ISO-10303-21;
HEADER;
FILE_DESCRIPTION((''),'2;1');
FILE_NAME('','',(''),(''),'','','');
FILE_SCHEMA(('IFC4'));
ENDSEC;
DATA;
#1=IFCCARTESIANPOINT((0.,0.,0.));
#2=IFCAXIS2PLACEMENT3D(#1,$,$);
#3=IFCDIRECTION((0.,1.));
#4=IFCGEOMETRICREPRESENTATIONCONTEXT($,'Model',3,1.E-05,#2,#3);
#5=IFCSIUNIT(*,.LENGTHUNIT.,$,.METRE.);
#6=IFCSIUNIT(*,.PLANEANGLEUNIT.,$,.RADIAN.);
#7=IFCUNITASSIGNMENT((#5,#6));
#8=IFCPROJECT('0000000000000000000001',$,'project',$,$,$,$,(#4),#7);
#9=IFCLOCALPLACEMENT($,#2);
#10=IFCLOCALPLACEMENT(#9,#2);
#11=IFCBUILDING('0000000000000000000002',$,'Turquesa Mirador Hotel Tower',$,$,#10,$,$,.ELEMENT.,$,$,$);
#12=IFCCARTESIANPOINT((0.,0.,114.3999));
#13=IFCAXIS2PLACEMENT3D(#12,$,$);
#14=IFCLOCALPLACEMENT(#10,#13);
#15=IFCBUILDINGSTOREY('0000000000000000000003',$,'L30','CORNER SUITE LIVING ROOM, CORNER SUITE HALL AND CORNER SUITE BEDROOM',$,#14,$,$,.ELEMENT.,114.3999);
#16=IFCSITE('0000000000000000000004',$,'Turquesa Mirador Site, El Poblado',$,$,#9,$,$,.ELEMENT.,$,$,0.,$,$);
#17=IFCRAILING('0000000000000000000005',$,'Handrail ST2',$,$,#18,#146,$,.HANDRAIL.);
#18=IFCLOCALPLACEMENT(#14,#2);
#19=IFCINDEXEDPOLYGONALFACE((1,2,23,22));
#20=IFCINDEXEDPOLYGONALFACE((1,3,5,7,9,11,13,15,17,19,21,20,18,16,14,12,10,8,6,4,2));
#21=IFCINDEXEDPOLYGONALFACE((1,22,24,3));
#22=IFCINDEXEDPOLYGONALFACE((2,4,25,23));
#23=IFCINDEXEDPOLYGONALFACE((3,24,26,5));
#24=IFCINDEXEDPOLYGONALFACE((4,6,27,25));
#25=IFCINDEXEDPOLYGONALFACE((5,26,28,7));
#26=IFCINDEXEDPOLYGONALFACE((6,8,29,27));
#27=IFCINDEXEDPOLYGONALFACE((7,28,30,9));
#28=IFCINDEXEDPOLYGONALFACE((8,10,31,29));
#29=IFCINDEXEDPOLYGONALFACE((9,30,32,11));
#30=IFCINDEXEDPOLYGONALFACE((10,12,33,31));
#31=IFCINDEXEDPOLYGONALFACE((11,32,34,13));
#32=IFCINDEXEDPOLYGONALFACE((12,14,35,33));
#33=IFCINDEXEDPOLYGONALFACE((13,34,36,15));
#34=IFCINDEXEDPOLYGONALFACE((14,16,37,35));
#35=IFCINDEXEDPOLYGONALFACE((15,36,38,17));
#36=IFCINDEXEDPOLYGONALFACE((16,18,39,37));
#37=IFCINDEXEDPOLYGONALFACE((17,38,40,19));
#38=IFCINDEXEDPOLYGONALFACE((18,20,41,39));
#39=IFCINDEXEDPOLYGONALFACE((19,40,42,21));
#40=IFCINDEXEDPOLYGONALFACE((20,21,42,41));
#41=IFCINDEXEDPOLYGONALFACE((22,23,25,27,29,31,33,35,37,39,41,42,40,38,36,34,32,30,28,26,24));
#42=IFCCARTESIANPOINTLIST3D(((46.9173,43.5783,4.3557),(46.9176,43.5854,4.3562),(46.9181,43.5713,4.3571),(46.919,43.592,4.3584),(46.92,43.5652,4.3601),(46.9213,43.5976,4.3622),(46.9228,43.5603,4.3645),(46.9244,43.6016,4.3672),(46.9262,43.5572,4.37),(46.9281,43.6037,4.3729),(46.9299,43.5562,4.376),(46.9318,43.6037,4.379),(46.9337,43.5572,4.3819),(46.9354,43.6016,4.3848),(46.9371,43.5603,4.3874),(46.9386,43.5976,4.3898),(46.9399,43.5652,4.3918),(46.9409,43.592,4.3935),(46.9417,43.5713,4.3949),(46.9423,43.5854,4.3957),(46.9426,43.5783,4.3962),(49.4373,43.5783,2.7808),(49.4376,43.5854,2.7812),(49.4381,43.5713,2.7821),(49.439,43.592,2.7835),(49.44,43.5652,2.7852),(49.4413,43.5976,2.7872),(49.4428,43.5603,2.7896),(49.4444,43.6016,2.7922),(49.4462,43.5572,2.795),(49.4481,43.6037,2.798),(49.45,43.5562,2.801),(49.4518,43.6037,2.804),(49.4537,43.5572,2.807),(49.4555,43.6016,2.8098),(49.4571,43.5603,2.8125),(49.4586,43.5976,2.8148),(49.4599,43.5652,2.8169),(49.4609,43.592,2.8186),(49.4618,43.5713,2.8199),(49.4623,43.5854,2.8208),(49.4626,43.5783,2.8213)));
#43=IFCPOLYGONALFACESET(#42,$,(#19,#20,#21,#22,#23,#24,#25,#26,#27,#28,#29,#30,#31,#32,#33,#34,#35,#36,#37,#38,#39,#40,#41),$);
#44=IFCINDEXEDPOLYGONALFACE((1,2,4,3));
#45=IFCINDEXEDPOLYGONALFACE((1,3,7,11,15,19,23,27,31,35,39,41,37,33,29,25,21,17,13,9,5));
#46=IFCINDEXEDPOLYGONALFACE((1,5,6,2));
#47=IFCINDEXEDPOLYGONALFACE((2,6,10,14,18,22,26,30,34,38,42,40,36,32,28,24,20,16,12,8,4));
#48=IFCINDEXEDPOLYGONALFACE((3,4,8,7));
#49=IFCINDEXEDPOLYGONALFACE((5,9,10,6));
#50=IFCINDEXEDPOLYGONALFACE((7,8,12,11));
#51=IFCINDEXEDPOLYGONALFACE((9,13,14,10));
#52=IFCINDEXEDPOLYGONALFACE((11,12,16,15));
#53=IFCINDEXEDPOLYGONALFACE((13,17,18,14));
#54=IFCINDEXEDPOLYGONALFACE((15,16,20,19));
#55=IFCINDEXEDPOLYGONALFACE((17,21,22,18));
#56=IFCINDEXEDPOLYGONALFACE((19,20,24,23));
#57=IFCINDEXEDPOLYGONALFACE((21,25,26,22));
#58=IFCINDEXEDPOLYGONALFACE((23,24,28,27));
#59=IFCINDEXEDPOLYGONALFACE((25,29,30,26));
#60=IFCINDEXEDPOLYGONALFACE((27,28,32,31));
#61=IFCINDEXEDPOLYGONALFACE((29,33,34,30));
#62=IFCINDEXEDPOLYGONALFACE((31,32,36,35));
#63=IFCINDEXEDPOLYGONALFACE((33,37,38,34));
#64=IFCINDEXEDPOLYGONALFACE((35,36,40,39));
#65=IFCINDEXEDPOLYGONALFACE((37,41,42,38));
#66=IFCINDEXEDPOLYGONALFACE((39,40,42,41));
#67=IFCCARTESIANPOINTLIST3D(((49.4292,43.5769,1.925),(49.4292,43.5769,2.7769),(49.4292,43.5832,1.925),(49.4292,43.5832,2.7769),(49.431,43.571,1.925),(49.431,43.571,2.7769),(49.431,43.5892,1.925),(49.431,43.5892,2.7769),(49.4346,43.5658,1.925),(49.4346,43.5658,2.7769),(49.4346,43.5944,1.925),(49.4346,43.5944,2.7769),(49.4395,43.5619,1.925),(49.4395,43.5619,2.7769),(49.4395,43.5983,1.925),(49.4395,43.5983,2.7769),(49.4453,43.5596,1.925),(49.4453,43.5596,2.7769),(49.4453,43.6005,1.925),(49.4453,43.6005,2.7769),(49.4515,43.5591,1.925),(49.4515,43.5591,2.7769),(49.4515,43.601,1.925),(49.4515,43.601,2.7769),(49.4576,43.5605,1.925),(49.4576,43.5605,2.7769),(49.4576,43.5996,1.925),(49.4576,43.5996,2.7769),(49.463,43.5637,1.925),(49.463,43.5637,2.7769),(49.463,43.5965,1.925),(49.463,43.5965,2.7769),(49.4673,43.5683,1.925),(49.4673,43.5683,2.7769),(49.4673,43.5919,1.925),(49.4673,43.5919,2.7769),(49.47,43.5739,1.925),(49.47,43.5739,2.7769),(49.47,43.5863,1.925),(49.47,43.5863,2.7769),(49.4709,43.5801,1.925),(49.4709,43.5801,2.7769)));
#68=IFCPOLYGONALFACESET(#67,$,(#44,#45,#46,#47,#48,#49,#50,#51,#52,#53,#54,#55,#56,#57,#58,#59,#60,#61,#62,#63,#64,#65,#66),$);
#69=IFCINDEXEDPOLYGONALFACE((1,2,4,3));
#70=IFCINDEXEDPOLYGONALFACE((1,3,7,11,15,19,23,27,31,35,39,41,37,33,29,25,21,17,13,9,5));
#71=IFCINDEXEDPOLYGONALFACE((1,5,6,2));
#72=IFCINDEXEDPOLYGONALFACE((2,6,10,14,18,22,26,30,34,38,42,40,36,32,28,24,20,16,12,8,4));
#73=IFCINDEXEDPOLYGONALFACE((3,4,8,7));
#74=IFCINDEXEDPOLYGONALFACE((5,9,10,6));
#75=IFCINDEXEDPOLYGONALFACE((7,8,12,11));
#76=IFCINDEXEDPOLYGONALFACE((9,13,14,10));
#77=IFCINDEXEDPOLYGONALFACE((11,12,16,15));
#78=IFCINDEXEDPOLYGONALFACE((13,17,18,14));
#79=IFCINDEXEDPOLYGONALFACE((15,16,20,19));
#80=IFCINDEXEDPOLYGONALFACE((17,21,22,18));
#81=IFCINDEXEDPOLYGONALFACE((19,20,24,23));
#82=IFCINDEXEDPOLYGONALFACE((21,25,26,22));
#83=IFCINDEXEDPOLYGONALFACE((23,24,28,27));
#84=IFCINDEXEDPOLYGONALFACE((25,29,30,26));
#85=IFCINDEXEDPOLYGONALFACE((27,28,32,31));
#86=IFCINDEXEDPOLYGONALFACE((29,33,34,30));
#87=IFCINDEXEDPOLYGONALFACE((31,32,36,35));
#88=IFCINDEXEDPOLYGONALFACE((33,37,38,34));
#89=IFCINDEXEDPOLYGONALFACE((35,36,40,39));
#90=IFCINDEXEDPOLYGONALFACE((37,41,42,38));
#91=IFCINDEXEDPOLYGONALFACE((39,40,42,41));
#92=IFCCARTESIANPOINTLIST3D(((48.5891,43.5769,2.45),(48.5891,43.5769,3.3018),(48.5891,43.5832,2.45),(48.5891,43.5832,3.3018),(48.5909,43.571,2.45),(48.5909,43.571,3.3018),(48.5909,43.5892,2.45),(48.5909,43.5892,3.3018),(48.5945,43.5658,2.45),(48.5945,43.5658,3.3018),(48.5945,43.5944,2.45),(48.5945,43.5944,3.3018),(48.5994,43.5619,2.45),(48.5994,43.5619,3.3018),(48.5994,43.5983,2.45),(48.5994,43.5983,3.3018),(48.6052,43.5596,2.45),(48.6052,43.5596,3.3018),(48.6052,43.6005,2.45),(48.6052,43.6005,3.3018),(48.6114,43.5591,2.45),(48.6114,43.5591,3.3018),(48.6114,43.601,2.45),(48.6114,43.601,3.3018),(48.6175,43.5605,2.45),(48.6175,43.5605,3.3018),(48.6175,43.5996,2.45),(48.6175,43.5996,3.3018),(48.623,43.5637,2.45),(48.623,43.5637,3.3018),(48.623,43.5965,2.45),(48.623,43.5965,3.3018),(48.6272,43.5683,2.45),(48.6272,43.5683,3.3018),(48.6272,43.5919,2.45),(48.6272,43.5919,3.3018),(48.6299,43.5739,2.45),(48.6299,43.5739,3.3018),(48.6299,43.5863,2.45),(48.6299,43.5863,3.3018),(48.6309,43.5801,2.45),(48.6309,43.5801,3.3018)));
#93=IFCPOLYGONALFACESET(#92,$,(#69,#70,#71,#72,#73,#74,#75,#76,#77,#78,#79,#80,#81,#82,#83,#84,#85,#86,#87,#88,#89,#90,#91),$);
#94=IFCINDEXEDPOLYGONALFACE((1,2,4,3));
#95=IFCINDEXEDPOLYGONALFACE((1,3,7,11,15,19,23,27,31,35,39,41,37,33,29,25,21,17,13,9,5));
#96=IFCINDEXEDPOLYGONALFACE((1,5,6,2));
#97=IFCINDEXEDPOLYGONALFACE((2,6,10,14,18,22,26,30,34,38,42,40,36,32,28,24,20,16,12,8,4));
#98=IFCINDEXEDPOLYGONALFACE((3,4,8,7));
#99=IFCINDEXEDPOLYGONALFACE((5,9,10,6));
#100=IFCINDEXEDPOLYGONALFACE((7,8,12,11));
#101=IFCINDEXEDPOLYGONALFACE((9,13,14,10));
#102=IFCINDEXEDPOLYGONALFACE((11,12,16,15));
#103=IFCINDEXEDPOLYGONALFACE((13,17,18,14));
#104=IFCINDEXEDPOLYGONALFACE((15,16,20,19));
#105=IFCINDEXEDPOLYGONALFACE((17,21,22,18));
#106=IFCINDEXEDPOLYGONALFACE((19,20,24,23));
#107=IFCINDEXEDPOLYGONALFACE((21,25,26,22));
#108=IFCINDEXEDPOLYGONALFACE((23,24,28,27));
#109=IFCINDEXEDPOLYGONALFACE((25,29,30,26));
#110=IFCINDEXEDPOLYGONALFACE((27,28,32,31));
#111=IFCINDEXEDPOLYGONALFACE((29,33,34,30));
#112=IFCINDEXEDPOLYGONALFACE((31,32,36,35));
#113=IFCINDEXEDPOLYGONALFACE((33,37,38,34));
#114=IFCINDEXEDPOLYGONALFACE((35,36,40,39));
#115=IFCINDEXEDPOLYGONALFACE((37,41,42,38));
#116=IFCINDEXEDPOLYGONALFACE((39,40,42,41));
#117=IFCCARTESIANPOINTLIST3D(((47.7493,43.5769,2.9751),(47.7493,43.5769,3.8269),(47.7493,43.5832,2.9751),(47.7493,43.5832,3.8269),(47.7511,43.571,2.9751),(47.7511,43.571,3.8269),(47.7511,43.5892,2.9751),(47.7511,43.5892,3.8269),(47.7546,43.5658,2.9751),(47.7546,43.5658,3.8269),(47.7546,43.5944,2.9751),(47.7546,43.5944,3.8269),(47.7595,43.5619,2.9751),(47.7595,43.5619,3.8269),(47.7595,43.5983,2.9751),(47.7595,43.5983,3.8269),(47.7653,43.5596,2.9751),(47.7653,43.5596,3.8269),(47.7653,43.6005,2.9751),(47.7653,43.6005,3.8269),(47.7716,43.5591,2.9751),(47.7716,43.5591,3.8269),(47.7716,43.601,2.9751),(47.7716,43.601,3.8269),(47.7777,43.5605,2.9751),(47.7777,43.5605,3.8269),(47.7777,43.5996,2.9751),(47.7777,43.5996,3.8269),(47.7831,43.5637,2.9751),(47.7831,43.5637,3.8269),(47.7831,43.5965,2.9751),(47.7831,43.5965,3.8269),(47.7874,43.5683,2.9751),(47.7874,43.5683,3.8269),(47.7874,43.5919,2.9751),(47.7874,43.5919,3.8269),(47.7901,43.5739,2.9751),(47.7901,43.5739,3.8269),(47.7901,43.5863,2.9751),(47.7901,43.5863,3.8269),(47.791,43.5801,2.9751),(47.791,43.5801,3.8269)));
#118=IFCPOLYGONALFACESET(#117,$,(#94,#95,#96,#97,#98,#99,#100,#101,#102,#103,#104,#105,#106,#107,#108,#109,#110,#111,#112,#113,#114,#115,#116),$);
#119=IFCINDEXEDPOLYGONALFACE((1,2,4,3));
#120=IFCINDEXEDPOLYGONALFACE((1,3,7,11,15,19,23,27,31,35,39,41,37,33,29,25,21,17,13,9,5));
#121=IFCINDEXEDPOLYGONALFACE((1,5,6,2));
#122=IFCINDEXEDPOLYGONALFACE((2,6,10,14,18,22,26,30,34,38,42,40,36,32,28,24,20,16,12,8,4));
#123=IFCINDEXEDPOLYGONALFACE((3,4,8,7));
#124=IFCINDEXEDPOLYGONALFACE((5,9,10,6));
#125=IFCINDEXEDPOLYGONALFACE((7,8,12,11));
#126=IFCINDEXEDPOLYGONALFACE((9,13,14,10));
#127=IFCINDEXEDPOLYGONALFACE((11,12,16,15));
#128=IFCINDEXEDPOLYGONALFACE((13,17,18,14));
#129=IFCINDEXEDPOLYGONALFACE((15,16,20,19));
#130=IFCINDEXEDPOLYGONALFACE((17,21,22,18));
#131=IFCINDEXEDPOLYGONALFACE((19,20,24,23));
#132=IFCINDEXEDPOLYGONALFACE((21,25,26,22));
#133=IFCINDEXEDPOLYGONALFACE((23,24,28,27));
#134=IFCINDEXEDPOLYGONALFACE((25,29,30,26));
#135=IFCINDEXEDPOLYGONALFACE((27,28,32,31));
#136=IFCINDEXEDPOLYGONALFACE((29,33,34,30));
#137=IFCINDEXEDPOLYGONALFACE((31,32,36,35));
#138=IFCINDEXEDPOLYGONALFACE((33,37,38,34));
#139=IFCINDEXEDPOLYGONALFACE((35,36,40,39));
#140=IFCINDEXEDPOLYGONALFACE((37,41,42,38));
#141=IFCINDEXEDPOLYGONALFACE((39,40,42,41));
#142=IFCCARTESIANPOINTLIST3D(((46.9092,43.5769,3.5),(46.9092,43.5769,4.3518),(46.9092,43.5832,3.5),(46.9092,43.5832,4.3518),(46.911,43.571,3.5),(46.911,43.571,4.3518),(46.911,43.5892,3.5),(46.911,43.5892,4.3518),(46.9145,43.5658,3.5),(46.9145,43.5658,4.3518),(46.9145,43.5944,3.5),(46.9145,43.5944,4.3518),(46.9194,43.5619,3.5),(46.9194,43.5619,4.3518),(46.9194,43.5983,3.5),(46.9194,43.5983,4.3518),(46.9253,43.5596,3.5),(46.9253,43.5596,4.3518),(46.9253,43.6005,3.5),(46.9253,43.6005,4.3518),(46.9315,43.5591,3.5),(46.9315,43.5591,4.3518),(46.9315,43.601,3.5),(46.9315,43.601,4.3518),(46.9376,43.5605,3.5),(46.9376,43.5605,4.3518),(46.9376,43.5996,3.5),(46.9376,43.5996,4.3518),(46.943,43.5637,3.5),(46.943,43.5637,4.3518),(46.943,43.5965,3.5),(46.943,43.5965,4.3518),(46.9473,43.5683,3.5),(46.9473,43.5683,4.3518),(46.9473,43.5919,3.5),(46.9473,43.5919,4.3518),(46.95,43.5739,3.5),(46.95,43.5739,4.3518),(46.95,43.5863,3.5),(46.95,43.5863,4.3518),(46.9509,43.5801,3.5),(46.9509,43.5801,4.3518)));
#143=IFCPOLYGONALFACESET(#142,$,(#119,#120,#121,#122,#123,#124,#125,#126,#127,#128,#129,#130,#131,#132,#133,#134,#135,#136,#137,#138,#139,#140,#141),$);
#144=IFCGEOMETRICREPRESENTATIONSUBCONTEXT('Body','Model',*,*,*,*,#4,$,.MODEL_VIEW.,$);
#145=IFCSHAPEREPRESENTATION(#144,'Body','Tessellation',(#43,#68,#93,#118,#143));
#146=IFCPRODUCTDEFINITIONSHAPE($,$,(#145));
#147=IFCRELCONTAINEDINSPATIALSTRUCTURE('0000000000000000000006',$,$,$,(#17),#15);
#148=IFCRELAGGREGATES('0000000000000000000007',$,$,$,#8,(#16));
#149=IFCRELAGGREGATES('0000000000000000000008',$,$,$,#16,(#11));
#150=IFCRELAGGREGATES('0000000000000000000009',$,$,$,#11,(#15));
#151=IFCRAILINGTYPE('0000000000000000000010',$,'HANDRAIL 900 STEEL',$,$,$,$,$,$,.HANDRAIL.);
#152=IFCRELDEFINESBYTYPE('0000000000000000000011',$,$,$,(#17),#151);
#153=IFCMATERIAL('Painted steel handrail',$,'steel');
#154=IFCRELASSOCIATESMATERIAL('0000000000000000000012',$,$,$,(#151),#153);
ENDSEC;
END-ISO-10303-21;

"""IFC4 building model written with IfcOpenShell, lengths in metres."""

from ifc_helpers import new_model, si_unit, direction, frame, origin, origin_2d, place, context, subcontext, project, spatial, circle, extrude, material, type_object, element, save


model = new_model("IFC4")

# Units and contexts
model_context = context("Model", 3, precision=1e-05, world=origin(), true_north=direction((0.0, 1.0)))
body_context = subcontext(model_context, "Body", "Model", "MODEL_VIEW")
ifc_project = project(units=[si_unit("LENGTHUNIT", "METRE"), si_unit("PLANEANGLEUNIT", "RADIAN")], contexts=[model_context])

# Site, building, storey
site_placement = place(None, origin())
site = spatial("IfcSite", under=ifc_project, at=site_placement, Name="Turquesa Mirador Site, El Poblado", CompositionType="ELEMENT", RefElevation=0.0)
building_placement = place(site_placement, origin())
building = spatial("IfcBuilding", under=site, at=building_placement, Name="Turquesa Mirador Hotel Tower", CompositionType="ELEMENT")
storey_placement = place(building_placement, frame((0.0, 0.0, 114.3999)))
storey = spatial("IfcBuildingStorey", under=building, at=storey_placement, Name="L30", Description="CORNER SUITE LIVING ROOM, CORNER SUITE HALL AND CORNER SUITE BEDROOM", CompositionType="ELEMENT", Elevation=114.3999)

# Railing
ifc_material_1 = material(Name="Painted steel handrail", Category="steel")
railing_type = type_object("IfcRailingType", Name="HANDRAIL 900 STEEL", PredefinedType="HANDRAIL", material=ifc_material_1)
railing_1_placement = place(storey_placement, frame((49.45, 43.5801, 1.925)))
element("IfcRailing", 1, at=railing_1_placement, inside=storey, type_object=railing_type, Name="Handrail ST2", PredefinedType="HANDRAIL", context=body_context, shape_type="SweptSolid", body=[
    extrude(circle(Radius=0.0239, at=origin_2d()), frame((0.0, 0.0, 0.876), z_axis=(-0.848008, 0.0, 0.529984), x_axis=(0.0, -1.0, 0.0)), (0.0, 0.0, 1.0), 2.9717),
    extrude(circle(Radius=0.021, at=origin_2d()), origin(), (0.0, 0.0, 1.0), 0.8518),
    extrude(circle(Radius=0.021, at=origin_2d()), frame((-0.8401, 0.0, 0.5249)), (0.0, 0.0, 1.0), 0.8518),
    extrude(circle(Radius=0.021, at=origin_2d()), frame((-1.6799, 0.0, 1.05)), (0.0, 0.0, 1.0), 0.8518),
    extrude(circle(Radius=0.021, at=origin_2d()), frame((-2.52, 0.0, 1.575)), (0.0, 0.0, 1.0), 0.8518),
])

save(model, "model.ifc")
